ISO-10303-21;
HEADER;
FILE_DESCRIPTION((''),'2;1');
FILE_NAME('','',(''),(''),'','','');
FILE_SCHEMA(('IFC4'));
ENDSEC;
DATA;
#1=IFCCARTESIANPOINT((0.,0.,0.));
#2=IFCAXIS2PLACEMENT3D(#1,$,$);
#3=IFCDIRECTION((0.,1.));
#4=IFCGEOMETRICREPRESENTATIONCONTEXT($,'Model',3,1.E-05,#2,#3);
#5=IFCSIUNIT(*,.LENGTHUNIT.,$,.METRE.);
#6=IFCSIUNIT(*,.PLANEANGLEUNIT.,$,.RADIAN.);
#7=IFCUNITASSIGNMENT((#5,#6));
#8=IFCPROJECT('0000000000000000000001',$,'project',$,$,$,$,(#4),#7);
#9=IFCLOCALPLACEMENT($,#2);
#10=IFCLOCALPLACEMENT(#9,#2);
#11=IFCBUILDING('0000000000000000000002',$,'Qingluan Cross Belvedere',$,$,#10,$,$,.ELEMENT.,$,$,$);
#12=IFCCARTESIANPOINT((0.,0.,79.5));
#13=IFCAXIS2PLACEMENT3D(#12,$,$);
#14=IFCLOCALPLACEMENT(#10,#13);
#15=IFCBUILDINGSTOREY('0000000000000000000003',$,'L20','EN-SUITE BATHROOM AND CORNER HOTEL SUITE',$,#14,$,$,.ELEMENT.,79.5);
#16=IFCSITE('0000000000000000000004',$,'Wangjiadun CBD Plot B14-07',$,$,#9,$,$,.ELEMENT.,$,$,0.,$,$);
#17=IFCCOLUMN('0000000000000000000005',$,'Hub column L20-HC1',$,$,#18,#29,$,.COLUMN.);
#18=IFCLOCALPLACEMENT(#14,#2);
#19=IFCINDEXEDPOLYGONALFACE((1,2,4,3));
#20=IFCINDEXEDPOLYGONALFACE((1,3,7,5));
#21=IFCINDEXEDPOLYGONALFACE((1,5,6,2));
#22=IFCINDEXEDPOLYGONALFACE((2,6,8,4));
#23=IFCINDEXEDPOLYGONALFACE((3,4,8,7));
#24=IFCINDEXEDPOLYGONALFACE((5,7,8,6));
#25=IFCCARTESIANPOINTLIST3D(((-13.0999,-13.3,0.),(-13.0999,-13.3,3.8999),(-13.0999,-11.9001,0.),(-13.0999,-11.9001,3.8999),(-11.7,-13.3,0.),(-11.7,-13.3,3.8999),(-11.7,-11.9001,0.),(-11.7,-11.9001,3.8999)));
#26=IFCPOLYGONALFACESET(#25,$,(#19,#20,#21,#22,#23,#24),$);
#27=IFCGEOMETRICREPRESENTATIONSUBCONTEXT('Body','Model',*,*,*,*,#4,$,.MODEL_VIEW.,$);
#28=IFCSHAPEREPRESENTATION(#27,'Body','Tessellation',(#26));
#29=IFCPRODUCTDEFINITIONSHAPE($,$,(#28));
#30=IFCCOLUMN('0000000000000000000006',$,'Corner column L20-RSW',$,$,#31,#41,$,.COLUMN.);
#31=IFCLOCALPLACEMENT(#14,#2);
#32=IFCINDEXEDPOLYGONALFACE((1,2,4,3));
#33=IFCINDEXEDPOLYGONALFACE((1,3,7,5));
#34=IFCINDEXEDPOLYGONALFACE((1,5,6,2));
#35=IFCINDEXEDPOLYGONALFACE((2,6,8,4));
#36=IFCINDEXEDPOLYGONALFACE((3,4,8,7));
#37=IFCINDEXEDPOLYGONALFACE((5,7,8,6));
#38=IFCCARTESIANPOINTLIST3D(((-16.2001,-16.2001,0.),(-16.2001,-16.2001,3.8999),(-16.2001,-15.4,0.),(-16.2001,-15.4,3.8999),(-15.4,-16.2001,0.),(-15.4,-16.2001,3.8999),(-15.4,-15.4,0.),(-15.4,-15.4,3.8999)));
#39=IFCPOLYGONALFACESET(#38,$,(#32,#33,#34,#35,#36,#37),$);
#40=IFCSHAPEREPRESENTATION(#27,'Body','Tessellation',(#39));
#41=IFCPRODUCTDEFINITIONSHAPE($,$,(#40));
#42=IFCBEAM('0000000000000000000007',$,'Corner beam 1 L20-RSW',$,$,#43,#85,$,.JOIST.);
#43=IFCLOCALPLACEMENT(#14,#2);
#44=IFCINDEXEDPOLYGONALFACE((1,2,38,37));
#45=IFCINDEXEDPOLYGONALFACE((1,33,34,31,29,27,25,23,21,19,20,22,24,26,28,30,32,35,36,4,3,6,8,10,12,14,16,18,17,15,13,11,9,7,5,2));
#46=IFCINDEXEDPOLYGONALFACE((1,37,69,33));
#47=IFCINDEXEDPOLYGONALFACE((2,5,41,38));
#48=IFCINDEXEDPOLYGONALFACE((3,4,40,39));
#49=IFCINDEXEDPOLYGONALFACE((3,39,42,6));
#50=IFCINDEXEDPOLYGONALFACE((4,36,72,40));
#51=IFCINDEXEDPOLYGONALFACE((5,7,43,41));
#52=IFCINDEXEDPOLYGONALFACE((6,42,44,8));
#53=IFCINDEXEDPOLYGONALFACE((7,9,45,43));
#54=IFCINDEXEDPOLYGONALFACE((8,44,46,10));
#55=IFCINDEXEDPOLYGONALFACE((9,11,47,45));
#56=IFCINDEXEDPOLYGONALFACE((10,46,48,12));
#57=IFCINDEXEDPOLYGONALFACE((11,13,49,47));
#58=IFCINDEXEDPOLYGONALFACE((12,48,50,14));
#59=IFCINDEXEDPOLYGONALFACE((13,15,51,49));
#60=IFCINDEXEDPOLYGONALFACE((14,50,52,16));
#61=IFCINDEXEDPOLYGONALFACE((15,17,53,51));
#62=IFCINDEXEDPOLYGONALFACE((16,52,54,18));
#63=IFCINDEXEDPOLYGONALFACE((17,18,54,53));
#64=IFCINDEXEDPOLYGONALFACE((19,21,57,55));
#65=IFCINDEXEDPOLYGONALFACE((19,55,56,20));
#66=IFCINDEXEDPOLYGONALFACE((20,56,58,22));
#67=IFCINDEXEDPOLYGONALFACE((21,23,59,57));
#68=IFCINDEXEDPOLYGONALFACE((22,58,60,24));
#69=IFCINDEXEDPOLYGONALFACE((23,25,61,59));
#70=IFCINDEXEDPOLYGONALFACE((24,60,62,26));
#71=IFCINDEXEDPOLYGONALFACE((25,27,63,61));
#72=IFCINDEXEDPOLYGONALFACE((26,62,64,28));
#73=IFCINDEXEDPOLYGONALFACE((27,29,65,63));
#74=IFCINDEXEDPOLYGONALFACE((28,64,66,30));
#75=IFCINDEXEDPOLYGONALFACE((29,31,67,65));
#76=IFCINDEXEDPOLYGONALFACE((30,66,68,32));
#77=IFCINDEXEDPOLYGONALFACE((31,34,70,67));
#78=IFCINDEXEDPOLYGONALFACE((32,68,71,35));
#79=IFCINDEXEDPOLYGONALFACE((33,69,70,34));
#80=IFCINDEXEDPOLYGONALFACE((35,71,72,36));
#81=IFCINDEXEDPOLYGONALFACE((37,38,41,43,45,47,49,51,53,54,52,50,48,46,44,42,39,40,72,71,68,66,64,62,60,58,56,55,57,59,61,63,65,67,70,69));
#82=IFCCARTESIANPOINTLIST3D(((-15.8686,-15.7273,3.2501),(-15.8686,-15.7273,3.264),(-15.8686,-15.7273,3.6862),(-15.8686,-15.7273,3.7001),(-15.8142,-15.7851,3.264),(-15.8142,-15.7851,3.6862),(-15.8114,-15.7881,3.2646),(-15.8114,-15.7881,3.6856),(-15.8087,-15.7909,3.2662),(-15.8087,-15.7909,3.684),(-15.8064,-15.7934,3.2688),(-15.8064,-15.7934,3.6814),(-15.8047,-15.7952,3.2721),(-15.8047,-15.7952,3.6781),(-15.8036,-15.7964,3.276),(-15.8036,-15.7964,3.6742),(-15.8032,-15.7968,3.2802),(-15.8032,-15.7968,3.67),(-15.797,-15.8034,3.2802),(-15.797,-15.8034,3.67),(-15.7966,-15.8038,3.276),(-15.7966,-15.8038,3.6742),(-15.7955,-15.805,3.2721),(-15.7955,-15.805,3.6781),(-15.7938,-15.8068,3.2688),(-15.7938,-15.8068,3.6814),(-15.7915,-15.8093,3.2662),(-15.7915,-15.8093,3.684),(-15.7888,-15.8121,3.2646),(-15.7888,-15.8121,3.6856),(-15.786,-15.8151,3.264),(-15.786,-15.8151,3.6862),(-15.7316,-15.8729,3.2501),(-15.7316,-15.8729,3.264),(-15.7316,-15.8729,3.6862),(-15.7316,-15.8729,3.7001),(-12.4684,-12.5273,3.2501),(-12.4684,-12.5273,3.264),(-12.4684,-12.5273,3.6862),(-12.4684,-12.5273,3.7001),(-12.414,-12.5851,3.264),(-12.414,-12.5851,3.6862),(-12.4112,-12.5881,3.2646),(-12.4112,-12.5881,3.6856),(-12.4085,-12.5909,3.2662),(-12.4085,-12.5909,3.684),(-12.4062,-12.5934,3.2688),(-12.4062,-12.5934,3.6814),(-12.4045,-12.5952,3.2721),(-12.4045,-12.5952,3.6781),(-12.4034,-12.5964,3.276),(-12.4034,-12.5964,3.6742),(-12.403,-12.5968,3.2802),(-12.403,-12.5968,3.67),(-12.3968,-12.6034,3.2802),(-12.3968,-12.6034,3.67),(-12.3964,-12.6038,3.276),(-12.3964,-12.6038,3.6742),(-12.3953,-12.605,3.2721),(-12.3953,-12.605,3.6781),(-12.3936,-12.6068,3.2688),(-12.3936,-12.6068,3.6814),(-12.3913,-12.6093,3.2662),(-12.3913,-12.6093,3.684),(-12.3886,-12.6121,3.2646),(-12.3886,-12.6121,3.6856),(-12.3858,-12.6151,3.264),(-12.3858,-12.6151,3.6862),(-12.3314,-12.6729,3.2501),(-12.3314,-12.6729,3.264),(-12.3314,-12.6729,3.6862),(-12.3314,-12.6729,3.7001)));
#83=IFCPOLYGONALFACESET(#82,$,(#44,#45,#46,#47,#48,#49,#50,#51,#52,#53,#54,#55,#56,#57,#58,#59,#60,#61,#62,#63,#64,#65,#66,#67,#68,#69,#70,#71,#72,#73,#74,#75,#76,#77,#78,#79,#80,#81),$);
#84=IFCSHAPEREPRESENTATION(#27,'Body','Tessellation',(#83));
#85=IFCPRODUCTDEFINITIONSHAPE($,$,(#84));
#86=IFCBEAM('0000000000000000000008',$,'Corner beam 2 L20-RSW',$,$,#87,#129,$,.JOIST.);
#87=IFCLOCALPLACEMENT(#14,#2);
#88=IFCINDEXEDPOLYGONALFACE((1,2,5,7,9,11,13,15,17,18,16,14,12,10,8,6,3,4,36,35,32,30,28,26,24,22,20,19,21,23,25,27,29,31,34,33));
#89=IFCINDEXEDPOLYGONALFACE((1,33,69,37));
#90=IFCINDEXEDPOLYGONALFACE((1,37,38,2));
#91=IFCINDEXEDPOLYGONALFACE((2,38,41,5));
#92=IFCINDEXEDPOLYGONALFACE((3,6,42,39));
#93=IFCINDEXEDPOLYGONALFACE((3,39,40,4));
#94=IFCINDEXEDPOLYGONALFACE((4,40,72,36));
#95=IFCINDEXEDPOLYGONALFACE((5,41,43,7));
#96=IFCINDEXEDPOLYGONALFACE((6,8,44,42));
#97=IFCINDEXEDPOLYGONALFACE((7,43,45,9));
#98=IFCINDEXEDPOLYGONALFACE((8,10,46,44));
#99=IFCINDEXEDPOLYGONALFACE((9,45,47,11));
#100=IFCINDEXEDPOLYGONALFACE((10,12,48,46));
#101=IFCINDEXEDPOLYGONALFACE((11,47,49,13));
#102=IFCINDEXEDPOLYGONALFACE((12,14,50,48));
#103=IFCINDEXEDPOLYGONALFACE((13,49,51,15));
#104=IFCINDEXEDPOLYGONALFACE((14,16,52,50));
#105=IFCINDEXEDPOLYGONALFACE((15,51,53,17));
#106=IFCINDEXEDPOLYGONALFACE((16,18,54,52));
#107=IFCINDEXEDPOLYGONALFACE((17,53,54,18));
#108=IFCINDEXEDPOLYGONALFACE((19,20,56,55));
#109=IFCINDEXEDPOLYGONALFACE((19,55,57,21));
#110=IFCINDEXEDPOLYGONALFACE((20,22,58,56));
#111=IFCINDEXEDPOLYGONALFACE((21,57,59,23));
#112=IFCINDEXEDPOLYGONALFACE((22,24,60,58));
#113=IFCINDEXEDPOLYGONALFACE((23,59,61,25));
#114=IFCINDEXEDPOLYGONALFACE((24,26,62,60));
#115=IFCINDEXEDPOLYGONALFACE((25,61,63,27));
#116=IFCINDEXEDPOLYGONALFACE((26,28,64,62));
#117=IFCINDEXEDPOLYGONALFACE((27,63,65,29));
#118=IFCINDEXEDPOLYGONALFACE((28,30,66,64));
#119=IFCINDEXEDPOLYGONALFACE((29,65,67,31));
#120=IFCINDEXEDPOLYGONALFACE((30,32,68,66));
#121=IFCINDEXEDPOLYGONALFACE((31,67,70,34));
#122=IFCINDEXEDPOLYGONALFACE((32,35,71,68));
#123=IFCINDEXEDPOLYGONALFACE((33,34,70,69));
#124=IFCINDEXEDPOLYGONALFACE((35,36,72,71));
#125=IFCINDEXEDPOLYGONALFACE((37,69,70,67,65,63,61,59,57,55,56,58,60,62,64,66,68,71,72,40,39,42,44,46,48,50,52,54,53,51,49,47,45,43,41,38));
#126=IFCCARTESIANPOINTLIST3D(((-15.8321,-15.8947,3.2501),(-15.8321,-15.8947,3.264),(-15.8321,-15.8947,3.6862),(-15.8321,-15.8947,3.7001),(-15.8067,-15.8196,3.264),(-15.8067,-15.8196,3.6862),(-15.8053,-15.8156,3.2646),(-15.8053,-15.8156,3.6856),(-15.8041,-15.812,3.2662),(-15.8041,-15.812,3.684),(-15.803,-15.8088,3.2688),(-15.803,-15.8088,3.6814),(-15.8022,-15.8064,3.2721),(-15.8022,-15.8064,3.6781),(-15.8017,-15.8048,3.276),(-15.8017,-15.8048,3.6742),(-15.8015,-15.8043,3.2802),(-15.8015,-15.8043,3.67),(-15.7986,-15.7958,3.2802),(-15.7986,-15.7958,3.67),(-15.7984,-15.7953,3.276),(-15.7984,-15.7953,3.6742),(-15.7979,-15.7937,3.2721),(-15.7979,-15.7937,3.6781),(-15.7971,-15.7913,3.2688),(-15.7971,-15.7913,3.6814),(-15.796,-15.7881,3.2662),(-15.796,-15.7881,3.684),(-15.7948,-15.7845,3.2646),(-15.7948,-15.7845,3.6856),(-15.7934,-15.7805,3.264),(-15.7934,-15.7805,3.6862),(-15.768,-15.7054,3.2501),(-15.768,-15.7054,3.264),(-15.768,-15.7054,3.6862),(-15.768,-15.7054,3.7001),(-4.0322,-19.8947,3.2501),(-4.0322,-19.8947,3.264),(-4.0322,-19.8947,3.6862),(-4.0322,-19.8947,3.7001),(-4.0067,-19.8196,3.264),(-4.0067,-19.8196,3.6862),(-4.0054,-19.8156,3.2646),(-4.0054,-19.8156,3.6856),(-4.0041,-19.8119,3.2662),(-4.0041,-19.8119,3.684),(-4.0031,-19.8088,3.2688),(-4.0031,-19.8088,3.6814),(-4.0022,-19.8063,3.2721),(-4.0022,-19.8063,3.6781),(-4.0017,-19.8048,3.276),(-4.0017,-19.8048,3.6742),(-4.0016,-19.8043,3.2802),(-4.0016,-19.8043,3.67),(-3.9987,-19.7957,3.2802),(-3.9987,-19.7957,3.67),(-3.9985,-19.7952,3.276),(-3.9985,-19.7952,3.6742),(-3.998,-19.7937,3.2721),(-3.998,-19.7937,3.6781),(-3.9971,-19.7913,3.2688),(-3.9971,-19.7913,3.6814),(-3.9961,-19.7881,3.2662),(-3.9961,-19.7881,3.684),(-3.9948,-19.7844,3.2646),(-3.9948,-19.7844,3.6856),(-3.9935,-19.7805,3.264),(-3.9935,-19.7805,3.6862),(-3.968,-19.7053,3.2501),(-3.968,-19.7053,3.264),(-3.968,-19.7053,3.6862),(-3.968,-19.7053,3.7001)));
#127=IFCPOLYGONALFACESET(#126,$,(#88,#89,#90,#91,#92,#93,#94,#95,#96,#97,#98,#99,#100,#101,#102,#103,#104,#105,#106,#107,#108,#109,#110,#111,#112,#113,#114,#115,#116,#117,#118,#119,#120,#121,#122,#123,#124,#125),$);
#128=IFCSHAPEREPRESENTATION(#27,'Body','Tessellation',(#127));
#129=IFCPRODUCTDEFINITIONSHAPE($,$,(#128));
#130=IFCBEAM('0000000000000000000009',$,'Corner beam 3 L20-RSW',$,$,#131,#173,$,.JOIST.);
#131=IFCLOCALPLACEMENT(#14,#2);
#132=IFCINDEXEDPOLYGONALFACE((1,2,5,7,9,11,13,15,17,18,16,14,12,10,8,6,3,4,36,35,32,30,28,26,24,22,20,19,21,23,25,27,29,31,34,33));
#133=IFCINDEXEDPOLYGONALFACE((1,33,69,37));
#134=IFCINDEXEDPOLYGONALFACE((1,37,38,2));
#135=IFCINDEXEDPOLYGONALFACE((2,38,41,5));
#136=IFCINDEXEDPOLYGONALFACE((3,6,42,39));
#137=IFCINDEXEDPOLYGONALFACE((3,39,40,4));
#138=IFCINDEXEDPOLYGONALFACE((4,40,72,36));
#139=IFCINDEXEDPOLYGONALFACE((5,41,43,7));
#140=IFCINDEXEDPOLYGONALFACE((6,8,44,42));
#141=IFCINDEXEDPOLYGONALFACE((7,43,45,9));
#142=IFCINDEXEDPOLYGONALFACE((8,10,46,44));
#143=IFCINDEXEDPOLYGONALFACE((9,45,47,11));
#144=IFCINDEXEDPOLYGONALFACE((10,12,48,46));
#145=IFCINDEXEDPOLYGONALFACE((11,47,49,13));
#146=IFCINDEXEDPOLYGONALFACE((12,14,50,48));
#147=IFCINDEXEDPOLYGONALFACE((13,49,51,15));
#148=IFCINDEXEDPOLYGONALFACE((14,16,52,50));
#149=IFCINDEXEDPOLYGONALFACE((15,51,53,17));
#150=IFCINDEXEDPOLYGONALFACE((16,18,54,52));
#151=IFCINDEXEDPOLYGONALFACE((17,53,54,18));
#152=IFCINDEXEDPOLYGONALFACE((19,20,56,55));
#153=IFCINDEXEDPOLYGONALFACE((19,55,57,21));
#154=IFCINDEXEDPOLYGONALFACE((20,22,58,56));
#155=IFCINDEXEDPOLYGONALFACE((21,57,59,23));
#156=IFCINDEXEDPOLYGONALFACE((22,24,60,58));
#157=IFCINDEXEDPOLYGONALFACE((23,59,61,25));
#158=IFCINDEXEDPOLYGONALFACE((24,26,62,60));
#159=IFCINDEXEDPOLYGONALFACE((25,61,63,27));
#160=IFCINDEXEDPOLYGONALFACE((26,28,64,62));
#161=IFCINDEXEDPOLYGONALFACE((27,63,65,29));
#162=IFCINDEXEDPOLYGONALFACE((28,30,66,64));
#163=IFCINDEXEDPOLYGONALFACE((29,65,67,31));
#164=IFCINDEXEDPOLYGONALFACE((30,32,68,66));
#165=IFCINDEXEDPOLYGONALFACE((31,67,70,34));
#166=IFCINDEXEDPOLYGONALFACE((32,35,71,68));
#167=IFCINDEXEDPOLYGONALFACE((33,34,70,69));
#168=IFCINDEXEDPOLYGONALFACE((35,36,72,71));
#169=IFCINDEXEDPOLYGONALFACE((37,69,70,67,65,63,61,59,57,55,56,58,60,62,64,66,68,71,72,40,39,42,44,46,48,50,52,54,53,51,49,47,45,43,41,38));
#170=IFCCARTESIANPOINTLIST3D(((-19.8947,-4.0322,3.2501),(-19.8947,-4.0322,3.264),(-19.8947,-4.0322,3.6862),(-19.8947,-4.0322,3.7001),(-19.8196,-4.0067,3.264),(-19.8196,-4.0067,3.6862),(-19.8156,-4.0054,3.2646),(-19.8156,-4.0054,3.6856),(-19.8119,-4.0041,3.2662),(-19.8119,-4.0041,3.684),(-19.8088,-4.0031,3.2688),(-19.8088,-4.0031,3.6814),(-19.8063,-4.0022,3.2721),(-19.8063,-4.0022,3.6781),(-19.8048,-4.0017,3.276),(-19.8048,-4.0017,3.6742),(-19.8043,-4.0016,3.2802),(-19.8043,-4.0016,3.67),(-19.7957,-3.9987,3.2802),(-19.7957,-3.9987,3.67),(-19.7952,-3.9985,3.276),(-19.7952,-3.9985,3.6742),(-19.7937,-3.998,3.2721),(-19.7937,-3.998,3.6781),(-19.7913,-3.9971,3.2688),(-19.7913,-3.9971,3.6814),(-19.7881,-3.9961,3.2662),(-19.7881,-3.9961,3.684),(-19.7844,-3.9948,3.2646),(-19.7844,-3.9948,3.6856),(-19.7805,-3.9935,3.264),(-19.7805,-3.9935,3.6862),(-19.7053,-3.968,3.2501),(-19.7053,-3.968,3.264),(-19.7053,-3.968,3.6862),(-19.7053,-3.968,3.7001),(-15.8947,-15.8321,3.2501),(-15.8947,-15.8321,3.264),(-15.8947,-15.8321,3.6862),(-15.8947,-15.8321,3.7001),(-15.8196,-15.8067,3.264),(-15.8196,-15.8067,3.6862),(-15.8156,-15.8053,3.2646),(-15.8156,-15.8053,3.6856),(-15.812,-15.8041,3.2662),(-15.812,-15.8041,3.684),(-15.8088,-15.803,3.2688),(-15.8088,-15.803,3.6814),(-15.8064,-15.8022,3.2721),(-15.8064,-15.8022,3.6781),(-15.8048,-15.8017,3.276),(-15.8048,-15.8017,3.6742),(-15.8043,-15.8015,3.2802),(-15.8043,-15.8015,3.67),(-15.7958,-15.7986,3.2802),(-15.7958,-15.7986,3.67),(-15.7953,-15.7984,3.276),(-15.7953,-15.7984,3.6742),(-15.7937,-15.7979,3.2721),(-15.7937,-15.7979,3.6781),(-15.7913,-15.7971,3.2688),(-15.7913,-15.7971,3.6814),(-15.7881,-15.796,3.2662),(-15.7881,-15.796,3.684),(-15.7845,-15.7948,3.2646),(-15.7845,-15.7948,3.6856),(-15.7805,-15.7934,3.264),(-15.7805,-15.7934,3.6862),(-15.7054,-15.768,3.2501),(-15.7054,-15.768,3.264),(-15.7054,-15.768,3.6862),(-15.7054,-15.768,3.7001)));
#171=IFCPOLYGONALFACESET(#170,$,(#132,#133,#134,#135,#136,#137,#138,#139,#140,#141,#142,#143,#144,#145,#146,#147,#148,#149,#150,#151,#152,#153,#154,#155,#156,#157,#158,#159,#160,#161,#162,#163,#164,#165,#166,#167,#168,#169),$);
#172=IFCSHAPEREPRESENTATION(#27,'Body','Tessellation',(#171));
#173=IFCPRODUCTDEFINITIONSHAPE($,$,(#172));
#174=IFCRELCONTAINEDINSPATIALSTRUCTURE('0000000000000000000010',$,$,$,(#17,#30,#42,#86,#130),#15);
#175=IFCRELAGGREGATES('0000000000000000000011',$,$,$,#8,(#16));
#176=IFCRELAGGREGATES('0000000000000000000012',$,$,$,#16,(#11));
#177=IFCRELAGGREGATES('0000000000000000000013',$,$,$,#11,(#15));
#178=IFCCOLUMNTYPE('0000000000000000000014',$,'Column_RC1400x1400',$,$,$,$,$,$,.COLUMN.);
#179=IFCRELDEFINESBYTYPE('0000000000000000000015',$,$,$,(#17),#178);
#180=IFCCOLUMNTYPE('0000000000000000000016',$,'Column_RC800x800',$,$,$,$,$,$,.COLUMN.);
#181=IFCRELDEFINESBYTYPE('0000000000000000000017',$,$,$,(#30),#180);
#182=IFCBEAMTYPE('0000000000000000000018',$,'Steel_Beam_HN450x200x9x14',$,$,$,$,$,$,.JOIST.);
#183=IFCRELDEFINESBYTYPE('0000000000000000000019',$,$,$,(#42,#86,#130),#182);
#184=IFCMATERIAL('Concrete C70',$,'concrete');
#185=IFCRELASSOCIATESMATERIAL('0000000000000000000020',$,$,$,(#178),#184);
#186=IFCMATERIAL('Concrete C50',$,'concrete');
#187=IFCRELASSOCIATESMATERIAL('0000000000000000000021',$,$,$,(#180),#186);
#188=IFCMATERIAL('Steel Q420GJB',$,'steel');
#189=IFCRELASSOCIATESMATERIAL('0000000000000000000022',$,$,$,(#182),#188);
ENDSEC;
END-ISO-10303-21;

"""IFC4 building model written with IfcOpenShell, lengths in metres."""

from ifc_helpers import new_model, si_unit, direction, frame, origin, origin_2d, place, context, subcontext, project, spatial, rectangle, i_section, extrude, material, material_profile, profile_set, type_object, element, save


model = new_model("IFC4")

# Units and contexts
model_context = context("Model", 3, precision=1e-05, world=origin(), true_north=direction((0.0, 1.0)))
body_context = subcontext(model_context, "Body", "Model", "MODEL_VIEW")
ifc_project = project(units=[si_unit("LENGTHUNIT", "METRE"), si_unit("PLANEANGLEUNIT", "RADIAN")], contexts=[model_context])

# Site, building, storey
site_placement = place(None, origin())
site = spatial("IfcSite", under=ifc_project, at=site_placement, Name="Wangjiadun CBD Plot B14-07", CompositionType="ELEMENT", RefElevation=0.0)
building_placement = place(site_placement, origin())
building = spatial("IfcBuilding", under=site, at=building_placement, Name="Qingluan Cross Belvedere", CompositionType="ELEMENT")
storey_placement = place(building_placement, frame((0.0, 0.0, 79.5)))
storey = spatial("IfcBuildingStorey", under=building, at=storey_placement, Name="L20", Description="EN-SUITE BATHROOM AND CORNER HOTEL SUITE", CompositionType="ELEMENT", Elevation=79.5)

# Columns
ifc_material_1 = material(Name="Concrete C70", Category="concrete")
ifc_material_profile_1 = material_profile(ifc_material_1, rectangle(XDim=1.3999, YDim=1.3999, at=origin_2d()), Name="RC1400x1400")
ifc_profile_set_1 = profile_set([ifc_material_profile_1], Name="Concrete C70")
column_type_1 = type_object("IfcColumnType", Name="Column_RC1400x1400", PredefinedType="COLUMN", material=ifc_profile_set_1)
column_1_placement = place(storey_placement, frame((-12.3999, -12.6001, 0.0), z_axis=(0.0, 0.0, 1.0), x_axis=(1.0, 0.0, 0.0)))
element("IfcColumn", 1, at=column_1_placement, inside=storey, type_object=column_type_1, Name="Hub column L20-HC1", PredefinedType="COLUMN", context=body_context, shape_type="SweptSolid", body=[
    extrude(rectangle(XDim=1.3999, YDim=1.3999, at=origin_2d()), origin(), (0.0, 0.0, 1.0), 3.8999),
])
ifc_material_2 = material(Name="Concrete C50", Category="concrete")
ifc_material_profile_2 = material_profile(ifc_material_2, rectangle(XDim=0.8, YDim=0.8, at=origin_2d()), Name="RC800x800")
ifc_profile_set_2 = profile_set([ifc_material_profile_2], Name="Concrete C50")
column_type_2 = type_object("IfcColumnType", Name="Column_RC800x800", PredefinedType="COLUMN", material=ifc_profile_set_2)
column_2_placement = place(storey_placement, frame((-15.8, -15.8, 0.0), z_axis=(0.0, 0.0, 1.0), x_axis=(1.0, 0.0, 0.0)))
element("IfcColumn", 2, at=column_2_placement, inside=storey, type_object=column_type_2, Name="Corner column L20-RSW", PredefinedType="COLUMN", context=body_context, shape_type="SweptSolid", body=[
    extrude(rectangle(XDim=0.8, YDim=0.8, at=origin_2d()), origin(), (0.0, 0.0, 1.0), 3.8999),
])

# Beams
ifc_material_3 = material(Name="Steel Q420GJB", Category="steel")
ifc_material_profile_3 = material_profile(ifc_material_3, i_section(OverallWidth=0.2, OverallDepth=0.45, WebThickness=0.009, FlangeThickness=0.0139, FilletRadius=0.0161, at=origin_2d()), Name="HN450x200x9x14")
ifc_profile_set_3 = profile_set([ifc_material_profile_3], Name="Steel Q420GJB")
beam_type_1 = type_object("IfcBeamType", Name="Steel_Beam_HN450x200x9x14", PredefinedType="JOIST", material=ifc_profile_set_3)
beam_1_placement = place(storey_placement, frame((-12.3999, -12.6001, 3.4751), z_axis=(-0.72822, -0.685343, 0.0), x_axis=(0.685343, -0.72822, 0.0)))
element("IfcBeam", 3, at=beam_1_placement, inside=storey, type_object=beam_type_1, Name="Corner beam 1 L20-RSW", PredefinedType="JOIST", context=body_context, shape_type="SweptSolid", body=[
    extrude(i_section(OverallWidth=0.2, OverallDepth=0.45, WebThickness=0.009, FlangeThickness=0.0139, FilletRadius=0.0161, at=origin_2d()), origin(), (0.0, 0.0, 1.0), 4.6692),
])
for number, where, z_axis, x_axis, name in (
    (4, (-15.8, -15.8, 3.4751), (0.947066, -0.321038, 0.0), (0.321038, 0.947066, 0.0), "Corner beam 2 L20-RSW"),
    (5, (-15.8, -15.8, 3.4751), (-0.321038, 0.947066, 0.0), (-0.947066, -0.321038, 0.0), "Corner beam 3 L20-RSW"),
):
    element("IfcBeam", number, at=place(storey_placement, frame(where, z_axis=z_axis, x_axis=x_axis)), inside=storey, type_object=beam_type_1, Name=name, PredefinedType="JOIST", context=body_context, shape_type="SweptSolid", body=[
        extrude(i_section(OverallWidth=0.2, OverallDepth=0.45, WebThickness=0.009, FlangeThickness=0.0139, FilletRadius=0.0161, at=origin_2d()), origin(), (0.0, 0.0, 1.0), 12.4595),
    ])

save(model, "model.ifc")
